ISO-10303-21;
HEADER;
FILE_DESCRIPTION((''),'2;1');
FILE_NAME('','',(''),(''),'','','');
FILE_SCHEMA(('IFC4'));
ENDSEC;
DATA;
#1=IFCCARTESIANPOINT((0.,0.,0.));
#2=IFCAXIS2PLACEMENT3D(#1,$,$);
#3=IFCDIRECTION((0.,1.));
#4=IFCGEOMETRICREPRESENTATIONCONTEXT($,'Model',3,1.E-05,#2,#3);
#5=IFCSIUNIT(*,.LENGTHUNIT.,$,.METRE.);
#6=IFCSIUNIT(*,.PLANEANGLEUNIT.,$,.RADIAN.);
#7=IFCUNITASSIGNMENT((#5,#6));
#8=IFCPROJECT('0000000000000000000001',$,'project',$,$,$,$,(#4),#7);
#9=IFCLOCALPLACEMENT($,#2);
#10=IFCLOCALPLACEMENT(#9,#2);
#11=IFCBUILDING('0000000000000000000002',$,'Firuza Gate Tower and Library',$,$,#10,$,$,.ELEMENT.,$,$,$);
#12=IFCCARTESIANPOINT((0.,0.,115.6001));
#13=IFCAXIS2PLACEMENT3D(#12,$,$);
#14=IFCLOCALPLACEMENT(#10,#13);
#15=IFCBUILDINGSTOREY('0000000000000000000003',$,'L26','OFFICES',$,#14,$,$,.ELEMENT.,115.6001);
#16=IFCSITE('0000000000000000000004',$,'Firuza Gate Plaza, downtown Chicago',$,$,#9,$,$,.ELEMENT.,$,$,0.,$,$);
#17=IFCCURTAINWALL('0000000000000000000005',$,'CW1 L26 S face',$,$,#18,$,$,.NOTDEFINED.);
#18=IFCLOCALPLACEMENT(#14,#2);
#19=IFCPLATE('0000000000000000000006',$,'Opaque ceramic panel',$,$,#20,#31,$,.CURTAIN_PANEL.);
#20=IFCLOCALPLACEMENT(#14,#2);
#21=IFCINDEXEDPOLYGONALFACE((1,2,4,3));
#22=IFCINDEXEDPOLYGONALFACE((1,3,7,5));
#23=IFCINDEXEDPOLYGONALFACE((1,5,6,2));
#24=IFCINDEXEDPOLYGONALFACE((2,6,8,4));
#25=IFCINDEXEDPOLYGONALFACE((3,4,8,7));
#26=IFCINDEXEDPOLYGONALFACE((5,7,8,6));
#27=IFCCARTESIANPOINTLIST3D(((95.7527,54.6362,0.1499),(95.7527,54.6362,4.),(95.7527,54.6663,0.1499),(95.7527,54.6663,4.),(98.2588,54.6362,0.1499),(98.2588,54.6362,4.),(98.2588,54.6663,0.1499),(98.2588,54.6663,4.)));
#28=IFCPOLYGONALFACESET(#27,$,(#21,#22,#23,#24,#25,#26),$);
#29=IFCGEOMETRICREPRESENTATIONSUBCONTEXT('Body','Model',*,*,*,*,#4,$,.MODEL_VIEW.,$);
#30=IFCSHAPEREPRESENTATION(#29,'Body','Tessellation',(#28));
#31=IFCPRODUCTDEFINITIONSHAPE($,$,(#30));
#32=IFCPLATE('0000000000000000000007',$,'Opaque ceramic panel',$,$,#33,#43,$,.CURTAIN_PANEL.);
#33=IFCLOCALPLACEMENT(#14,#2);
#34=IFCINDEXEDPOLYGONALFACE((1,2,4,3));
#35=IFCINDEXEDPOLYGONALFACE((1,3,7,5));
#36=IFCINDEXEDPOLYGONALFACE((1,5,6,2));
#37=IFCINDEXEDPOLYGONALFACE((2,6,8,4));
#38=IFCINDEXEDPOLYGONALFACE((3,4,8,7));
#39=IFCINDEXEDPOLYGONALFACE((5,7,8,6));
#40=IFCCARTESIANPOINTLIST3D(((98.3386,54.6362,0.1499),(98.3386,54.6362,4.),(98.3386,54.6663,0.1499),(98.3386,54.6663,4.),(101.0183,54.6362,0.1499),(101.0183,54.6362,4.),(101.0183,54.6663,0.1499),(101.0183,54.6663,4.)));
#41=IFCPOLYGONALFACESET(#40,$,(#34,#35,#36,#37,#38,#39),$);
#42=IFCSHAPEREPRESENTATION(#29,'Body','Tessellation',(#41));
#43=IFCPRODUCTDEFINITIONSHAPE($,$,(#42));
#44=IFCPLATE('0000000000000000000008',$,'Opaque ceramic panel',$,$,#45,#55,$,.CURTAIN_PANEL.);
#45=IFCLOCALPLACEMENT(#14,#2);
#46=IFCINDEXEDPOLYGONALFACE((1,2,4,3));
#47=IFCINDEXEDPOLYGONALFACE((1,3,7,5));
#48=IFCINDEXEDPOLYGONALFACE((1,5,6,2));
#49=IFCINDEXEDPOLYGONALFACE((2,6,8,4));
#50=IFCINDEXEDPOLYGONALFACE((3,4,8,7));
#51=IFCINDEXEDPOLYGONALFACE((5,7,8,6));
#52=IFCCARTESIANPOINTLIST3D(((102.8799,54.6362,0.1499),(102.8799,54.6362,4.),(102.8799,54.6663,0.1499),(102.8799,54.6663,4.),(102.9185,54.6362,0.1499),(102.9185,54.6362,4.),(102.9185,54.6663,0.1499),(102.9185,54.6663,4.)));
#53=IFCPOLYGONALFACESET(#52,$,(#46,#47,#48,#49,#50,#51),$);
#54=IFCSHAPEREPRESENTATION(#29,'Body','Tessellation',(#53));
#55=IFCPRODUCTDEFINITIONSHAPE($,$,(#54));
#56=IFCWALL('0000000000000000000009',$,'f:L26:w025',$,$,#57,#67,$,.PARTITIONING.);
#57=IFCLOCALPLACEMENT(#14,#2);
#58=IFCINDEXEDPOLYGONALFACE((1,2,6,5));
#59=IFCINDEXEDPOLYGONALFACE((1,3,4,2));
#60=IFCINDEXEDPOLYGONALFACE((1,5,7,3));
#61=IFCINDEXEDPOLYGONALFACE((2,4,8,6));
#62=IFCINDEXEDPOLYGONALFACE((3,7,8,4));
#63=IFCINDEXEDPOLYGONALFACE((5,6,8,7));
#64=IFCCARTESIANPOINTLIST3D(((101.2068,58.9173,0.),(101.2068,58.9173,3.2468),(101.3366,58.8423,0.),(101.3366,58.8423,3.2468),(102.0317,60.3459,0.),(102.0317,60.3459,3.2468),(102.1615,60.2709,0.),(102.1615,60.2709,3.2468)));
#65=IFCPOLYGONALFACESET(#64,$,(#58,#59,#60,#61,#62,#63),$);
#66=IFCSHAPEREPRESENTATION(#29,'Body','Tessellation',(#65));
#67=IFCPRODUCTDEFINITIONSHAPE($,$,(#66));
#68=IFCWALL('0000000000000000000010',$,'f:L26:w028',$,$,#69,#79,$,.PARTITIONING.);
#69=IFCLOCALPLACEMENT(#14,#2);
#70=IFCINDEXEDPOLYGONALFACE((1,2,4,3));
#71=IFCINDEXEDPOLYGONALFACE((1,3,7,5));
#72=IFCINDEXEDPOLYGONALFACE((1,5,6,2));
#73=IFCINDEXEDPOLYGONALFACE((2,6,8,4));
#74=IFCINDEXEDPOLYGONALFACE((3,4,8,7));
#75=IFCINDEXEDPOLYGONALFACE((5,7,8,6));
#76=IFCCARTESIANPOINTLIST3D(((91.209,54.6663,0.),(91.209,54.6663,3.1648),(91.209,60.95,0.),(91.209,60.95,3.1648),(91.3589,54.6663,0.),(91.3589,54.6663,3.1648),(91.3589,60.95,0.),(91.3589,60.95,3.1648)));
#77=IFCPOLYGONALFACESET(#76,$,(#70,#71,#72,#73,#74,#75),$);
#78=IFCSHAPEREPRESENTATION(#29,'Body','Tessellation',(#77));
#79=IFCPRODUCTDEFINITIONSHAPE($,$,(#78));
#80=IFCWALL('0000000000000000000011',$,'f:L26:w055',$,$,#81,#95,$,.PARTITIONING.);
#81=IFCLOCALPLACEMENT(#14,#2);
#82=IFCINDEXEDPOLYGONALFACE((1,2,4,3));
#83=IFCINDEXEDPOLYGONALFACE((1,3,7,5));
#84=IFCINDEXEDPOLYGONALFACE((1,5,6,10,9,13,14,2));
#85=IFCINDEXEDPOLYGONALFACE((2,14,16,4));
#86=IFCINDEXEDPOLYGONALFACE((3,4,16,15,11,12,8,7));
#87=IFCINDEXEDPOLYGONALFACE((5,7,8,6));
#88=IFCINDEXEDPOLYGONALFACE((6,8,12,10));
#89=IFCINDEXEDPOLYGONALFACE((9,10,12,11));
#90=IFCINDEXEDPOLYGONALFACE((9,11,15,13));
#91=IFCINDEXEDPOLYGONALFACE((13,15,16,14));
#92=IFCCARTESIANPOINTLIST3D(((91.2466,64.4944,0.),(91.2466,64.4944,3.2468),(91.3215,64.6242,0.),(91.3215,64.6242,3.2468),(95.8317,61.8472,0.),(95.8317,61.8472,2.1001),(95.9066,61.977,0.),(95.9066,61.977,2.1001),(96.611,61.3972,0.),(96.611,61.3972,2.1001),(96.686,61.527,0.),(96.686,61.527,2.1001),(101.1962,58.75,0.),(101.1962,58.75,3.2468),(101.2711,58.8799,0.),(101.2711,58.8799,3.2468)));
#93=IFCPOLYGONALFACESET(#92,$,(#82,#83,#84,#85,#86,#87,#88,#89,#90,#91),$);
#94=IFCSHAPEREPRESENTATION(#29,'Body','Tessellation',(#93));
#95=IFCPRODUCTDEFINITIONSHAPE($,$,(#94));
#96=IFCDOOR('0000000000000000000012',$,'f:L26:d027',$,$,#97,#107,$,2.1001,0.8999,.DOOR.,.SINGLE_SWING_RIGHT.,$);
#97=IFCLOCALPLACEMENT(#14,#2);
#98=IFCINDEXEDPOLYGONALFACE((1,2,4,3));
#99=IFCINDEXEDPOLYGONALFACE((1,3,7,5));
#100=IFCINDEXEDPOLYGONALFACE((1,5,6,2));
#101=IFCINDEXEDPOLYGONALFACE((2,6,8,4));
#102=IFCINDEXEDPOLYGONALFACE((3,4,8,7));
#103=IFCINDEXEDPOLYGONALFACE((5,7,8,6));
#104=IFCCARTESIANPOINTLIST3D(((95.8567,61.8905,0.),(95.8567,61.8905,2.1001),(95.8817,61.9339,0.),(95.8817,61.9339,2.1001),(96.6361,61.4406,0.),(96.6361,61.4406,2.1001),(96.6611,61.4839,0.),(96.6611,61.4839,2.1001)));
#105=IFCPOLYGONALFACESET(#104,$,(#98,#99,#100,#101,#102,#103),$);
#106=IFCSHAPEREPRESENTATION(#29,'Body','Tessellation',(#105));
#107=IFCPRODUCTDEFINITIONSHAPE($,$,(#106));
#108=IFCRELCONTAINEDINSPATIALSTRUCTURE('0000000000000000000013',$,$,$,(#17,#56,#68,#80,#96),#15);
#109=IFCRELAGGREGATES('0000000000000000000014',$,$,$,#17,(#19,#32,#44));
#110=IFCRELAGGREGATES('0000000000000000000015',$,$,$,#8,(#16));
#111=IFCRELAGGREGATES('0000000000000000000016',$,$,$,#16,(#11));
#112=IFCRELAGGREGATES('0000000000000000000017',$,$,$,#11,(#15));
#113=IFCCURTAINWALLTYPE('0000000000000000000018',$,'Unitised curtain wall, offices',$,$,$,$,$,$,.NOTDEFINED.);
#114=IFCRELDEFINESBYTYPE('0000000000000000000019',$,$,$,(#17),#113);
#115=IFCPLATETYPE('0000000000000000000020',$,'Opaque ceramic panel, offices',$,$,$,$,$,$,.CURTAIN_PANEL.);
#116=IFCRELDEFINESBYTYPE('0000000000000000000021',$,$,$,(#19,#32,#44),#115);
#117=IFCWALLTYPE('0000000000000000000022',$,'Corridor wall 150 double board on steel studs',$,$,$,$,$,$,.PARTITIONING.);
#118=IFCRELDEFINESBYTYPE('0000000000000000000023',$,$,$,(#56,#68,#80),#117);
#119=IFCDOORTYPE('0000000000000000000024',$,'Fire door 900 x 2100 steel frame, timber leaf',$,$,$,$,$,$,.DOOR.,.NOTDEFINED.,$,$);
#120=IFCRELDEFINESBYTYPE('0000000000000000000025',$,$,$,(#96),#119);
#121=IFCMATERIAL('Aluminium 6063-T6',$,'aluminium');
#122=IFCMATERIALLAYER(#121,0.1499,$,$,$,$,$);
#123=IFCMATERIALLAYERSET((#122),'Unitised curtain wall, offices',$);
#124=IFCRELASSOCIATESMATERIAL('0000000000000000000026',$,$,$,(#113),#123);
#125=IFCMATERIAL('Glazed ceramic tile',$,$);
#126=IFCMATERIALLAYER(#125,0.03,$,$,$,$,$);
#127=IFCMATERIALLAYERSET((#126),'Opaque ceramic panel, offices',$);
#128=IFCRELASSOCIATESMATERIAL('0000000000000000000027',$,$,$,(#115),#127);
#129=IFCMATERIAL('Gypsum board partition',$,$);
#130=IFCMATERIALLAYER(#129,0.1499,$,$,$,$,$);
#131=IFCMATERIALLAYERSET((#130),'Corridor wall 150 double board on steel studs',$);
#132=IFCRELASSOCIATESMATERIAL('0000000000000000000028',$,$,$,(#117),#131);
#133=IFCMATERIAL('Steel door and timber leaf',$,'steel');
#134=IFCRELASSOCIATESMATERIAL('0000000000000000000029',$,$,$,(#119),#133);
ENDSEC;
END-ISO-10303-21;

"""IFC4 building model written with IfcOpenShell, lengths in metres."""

from ifc_helpers import new_model, si_unit, direction, frame, frame_2d, origin, place, context, subcontext, project, spatial, polyline, rectangle, outline, extrude, material, layer, layer_set, type_object, element, fill, aggregate, save


model = new_model("IFC4")

# Units and contexts
model_context = context("Model", 3, precision=1e-05, world=origin(), true_north=direction((0.0, 1.0)))
body_context = subcontext(model_context, "Body", "Model", "MODEL_VIEW")
ifc_project = project(units=[si_unit("LENGTHUNIT", "METRE"), si_unit("PLANEANGLEUNIT", "RADIAN")], contexts=[model_context])

# Site, building, storey
site_placement = place(None, origin())
site = spatial("IfcSite", under=ifc_project, at=site_placement, Name="Firuza Gate Plaza, downtown Chicago", CompositionType="ELEMENT", RefElevation=0.0)
building_placement = place(site_placement, origin())
building = spatial("IfcBuilding", under=site, at=building_placement, Name="Firuza Gate Tower and Library", CompositionType="ELEMENT")
storey_placement = place(building_placement, frame((0.0, 0.0, 115.6001)))
storey = spatial("IfcBuildingStorey", under=building, at=storey_placement, Name="L26", Description="OFFICES", CompositionType="ELEMENT", Elevation=115.6001)

# Curtain wall
ifc_material_1 = material(Name="Aluminium 6063-T6", Category="aluminium")
ifc_layer_1 = layer(ifc_material_1, 0.1499)
ifc_layer_set_1 = layer_set([ifc_layer_1], Name="Unitised curtain wall, offices")
curtain_wall_type_1 = type_object("IfcCurtainWallType", Name="Unitised curtain wall, offices", PredefinedType="NOTDEFINED", material=ifc_layer_set_1)
placement = place(storey_placement, origin())
curtain_wall_1 = element("IfcCurtainWall", 1, at=placement, inside=storey, type_object=curtain_wall_type_1, Name="CW1 L26 S face", PredefinedType="NOTDEFINED")

# Plates
ifc_material_2 = material(Name="Glazed ceramic tile")
ifc_layer_2 = layer(ifc_material_2, 0.03)
ifc_layer_set_2 = layer_set([ifc_layer_2], Name="Opaque ceramic panel, offices")
plate_type_1 = type_object("IfcPlateType", Name="Opaque ceramic panel, offices", PredefinedType="CURTAIN_PANEL", material=ifc_layer_set_2)
plate_1_placement = place(storey_placement, frame((95.7527, 54.6362, 0.1499), z_axis=(0.0, -1.0, 0.0), x_axis=(1.0, 0.0, 0.0)))
plate_1 = element("IfcPlate", 2, at=plate_1_placement, type_object=plate_type_1, Name="Opaque ceramic panel", PredefinedType="CURTAIN_PANEL", context=body_context, shape_type="SweptSolid", body=[
    extrude(outline(polyline([(0.0, 0.0), (2.5061, 0.0), (2.5061, 3.8501), (0.0, 3.8501), (0.0, 0.0)])), origin(), (0.0, 0.0, -1.0), 0.03),
])
plate_2_placement = place(storey_placement, frame((98.3386, 54.6362, 0.1499), z_axis=(0.0, -1.0, 0.0), x_axis=(1.0, 0.0, 0.0)))
plate_2 = element("IfcPlate", 3, at=plate_2_placement, type_object=plate_type_1, Name="Opaque ceramic panel", PredefinedType="CURTAIN_PANEL", context=body_context, shape_type="SweptSolid", body=[
    extrude(outline(polyline([(0.0, 0.0), (2.6797, 0.0), (2.6797, 3.8501), (0.0, 3.8501), (0.0, 0.0)])), origin(), (0.0, 0.0, -1.0), 0.03),
])
plate_3_placement = place(storey_placement, frame((102.8799, 54.6362, 0.1499), z_axis=(0.0, -1.0, 0.0), x_axis=(1.0, 0.0, 0.0)))
plate_3 = element("IfcPlate", 4, at=plate_3_placement, type_object=plate_type_1, Name="Opaque ceramic panel", PredefinedType="CURTAIN_PANEL", context=body_context, shape_type="SweptSolid", body=[
    extrude(outline(polyline([(0.0, 0.0), (0.0386, 0.0), (0.0386, 3.8501), (0.0, 3.8501), (0.0, 0.0)])), origin(), (0.0, 0.0, -1.0), 0.03),
])
aggregate(curtain_wall_1, [plate_1, plate_2, plate_3])

# Walls
ifc_material_3 = material(Name="Gypsum board partition")
ifc_layer_3 = layer(ifc_material_3, 0.1499)
ifc_layer_set_3 = layer_set([ifc_layer_3], Name="Corridor wall 150 double board on steel studs")
wall_type = type_object("IfcWallType", Name="Corridor wall 150 double board on steel studs", PredefinedType="PARTITIONING", material=ifc_layer_set_3)
wall_1_placement = place(storey_placement, frame((101.2717, 58.8799, 0.0), z_axis=(0.0, 0.0, 1.0), x_axis=(0.500038, 0.866003, 0.0)))
element("IfcWall", 5, at=wall_1_placement, inside=storey, type_object=wall_type, Name="f:L26:w025", PredefinedType="PARTITIONING", context=body_context, shape_type="SweptSolid", body=[
    extrude(rectangle(XDim=1.6497, YDim=0.1499, at=frame_2d((0.8247, 0.0))), origin(), (0.0, 0.0, 1.0), 3.2468),
])
wall_2_placement = place(storey_placement, frame((91.2839, 54.6663, 0.0), z_axis=(0.0, 0.0, 1.0), x_axis=(0.0, 1.0, 0.0)))
element("IfcWall", 6, at=wall_2_placement, inside=storey, type_object=wall_type, Name="f:L26:w028", PredefinedType="PARTITIONING", context=body_context, shape_type="SweptSolid", body=[
    extrude(rectangle(XDim=6.2837, YDim=0.1499, at=frame_2d((3.1418, 0.0))), origin(), (0.0, 0.0, 1.0), 3.1648),
])

# Wall, opening, door
wall_3_placement = place(storey_placement, frame((101.2336, 58.8149, 0.0), z_axis=(0.0, 0.0, 1.0), x_axis=(-0.866028, 0.499995, 0.0)))
wall_3 = element("IfcWall", 7, at=wall_3_placement, inside=storey, type_object=wall_type, Name="f:L26:w055", PredefinedType="PARTITIONING", context=body_context, shape_type="SweptSolid", body=[
    extrude(rectangle(XDim=11.4888, YDim=0.1499, at=frame_2d((5.7444, 0.0))), origin(), (0.0, 0.0, 1.0), 3.2468),
])
opening_placement = place(wall_3_placement, frame((5.2944, 0.0, 0.0)))
opening = element("IfcOpeningElement", 8, at=opening_placement, cuts=wall_3, PredefinedType="OPENING", context=body_context, shape_type="SweptSolid", body=[
    extrude(rectangle(XDim=0.8999, YDim=2.1001, at=frame_2d((0.45, 1.05))), frame((0.0, 0.085, 0.0), z_axis=(0.0, -1.0, 0.0), x_axis=(1.0, 0.0, 0.0)), (0.0, 0.0, 1.0), 0.1699),
])
ifc_material_4 = material(Name="Steel door and timber leaf", Category="steel")
door_type = type_object("IfcDoorType", Name="Fire door 900 x 2100 steel frame, timber leaf", OperationType="NOTDEFINED", PredefinedType="DOOR", material=ifc_material_4)
door_placement = place(opening_placement, origin())
door = element("IfcDoor", 9, at=door_placement, inside=storey, type_object=door_type, Name="f:L26:d027", OperationType="SINGLE_SWING_RIGHT", OverallHeight=2.1001, OverallWidth=0.8999, PredefinedType="DOOR", context=body_context, shape_type="SweptSolid", body=[
    extrude(rectangle(XDim=0.8999, YDim=2.1001, at=frame_2d((0.45, 1.05))), frame((0.0, 0.0249, 0.0), z_axis=(0.0, -1.0, 0.0), x_axis=(1.0, 0.0, 0.0)), (0.0, 0.0, 1.0), 0.05),
])
fill(opening, door)

save(model, "model.ifc")
